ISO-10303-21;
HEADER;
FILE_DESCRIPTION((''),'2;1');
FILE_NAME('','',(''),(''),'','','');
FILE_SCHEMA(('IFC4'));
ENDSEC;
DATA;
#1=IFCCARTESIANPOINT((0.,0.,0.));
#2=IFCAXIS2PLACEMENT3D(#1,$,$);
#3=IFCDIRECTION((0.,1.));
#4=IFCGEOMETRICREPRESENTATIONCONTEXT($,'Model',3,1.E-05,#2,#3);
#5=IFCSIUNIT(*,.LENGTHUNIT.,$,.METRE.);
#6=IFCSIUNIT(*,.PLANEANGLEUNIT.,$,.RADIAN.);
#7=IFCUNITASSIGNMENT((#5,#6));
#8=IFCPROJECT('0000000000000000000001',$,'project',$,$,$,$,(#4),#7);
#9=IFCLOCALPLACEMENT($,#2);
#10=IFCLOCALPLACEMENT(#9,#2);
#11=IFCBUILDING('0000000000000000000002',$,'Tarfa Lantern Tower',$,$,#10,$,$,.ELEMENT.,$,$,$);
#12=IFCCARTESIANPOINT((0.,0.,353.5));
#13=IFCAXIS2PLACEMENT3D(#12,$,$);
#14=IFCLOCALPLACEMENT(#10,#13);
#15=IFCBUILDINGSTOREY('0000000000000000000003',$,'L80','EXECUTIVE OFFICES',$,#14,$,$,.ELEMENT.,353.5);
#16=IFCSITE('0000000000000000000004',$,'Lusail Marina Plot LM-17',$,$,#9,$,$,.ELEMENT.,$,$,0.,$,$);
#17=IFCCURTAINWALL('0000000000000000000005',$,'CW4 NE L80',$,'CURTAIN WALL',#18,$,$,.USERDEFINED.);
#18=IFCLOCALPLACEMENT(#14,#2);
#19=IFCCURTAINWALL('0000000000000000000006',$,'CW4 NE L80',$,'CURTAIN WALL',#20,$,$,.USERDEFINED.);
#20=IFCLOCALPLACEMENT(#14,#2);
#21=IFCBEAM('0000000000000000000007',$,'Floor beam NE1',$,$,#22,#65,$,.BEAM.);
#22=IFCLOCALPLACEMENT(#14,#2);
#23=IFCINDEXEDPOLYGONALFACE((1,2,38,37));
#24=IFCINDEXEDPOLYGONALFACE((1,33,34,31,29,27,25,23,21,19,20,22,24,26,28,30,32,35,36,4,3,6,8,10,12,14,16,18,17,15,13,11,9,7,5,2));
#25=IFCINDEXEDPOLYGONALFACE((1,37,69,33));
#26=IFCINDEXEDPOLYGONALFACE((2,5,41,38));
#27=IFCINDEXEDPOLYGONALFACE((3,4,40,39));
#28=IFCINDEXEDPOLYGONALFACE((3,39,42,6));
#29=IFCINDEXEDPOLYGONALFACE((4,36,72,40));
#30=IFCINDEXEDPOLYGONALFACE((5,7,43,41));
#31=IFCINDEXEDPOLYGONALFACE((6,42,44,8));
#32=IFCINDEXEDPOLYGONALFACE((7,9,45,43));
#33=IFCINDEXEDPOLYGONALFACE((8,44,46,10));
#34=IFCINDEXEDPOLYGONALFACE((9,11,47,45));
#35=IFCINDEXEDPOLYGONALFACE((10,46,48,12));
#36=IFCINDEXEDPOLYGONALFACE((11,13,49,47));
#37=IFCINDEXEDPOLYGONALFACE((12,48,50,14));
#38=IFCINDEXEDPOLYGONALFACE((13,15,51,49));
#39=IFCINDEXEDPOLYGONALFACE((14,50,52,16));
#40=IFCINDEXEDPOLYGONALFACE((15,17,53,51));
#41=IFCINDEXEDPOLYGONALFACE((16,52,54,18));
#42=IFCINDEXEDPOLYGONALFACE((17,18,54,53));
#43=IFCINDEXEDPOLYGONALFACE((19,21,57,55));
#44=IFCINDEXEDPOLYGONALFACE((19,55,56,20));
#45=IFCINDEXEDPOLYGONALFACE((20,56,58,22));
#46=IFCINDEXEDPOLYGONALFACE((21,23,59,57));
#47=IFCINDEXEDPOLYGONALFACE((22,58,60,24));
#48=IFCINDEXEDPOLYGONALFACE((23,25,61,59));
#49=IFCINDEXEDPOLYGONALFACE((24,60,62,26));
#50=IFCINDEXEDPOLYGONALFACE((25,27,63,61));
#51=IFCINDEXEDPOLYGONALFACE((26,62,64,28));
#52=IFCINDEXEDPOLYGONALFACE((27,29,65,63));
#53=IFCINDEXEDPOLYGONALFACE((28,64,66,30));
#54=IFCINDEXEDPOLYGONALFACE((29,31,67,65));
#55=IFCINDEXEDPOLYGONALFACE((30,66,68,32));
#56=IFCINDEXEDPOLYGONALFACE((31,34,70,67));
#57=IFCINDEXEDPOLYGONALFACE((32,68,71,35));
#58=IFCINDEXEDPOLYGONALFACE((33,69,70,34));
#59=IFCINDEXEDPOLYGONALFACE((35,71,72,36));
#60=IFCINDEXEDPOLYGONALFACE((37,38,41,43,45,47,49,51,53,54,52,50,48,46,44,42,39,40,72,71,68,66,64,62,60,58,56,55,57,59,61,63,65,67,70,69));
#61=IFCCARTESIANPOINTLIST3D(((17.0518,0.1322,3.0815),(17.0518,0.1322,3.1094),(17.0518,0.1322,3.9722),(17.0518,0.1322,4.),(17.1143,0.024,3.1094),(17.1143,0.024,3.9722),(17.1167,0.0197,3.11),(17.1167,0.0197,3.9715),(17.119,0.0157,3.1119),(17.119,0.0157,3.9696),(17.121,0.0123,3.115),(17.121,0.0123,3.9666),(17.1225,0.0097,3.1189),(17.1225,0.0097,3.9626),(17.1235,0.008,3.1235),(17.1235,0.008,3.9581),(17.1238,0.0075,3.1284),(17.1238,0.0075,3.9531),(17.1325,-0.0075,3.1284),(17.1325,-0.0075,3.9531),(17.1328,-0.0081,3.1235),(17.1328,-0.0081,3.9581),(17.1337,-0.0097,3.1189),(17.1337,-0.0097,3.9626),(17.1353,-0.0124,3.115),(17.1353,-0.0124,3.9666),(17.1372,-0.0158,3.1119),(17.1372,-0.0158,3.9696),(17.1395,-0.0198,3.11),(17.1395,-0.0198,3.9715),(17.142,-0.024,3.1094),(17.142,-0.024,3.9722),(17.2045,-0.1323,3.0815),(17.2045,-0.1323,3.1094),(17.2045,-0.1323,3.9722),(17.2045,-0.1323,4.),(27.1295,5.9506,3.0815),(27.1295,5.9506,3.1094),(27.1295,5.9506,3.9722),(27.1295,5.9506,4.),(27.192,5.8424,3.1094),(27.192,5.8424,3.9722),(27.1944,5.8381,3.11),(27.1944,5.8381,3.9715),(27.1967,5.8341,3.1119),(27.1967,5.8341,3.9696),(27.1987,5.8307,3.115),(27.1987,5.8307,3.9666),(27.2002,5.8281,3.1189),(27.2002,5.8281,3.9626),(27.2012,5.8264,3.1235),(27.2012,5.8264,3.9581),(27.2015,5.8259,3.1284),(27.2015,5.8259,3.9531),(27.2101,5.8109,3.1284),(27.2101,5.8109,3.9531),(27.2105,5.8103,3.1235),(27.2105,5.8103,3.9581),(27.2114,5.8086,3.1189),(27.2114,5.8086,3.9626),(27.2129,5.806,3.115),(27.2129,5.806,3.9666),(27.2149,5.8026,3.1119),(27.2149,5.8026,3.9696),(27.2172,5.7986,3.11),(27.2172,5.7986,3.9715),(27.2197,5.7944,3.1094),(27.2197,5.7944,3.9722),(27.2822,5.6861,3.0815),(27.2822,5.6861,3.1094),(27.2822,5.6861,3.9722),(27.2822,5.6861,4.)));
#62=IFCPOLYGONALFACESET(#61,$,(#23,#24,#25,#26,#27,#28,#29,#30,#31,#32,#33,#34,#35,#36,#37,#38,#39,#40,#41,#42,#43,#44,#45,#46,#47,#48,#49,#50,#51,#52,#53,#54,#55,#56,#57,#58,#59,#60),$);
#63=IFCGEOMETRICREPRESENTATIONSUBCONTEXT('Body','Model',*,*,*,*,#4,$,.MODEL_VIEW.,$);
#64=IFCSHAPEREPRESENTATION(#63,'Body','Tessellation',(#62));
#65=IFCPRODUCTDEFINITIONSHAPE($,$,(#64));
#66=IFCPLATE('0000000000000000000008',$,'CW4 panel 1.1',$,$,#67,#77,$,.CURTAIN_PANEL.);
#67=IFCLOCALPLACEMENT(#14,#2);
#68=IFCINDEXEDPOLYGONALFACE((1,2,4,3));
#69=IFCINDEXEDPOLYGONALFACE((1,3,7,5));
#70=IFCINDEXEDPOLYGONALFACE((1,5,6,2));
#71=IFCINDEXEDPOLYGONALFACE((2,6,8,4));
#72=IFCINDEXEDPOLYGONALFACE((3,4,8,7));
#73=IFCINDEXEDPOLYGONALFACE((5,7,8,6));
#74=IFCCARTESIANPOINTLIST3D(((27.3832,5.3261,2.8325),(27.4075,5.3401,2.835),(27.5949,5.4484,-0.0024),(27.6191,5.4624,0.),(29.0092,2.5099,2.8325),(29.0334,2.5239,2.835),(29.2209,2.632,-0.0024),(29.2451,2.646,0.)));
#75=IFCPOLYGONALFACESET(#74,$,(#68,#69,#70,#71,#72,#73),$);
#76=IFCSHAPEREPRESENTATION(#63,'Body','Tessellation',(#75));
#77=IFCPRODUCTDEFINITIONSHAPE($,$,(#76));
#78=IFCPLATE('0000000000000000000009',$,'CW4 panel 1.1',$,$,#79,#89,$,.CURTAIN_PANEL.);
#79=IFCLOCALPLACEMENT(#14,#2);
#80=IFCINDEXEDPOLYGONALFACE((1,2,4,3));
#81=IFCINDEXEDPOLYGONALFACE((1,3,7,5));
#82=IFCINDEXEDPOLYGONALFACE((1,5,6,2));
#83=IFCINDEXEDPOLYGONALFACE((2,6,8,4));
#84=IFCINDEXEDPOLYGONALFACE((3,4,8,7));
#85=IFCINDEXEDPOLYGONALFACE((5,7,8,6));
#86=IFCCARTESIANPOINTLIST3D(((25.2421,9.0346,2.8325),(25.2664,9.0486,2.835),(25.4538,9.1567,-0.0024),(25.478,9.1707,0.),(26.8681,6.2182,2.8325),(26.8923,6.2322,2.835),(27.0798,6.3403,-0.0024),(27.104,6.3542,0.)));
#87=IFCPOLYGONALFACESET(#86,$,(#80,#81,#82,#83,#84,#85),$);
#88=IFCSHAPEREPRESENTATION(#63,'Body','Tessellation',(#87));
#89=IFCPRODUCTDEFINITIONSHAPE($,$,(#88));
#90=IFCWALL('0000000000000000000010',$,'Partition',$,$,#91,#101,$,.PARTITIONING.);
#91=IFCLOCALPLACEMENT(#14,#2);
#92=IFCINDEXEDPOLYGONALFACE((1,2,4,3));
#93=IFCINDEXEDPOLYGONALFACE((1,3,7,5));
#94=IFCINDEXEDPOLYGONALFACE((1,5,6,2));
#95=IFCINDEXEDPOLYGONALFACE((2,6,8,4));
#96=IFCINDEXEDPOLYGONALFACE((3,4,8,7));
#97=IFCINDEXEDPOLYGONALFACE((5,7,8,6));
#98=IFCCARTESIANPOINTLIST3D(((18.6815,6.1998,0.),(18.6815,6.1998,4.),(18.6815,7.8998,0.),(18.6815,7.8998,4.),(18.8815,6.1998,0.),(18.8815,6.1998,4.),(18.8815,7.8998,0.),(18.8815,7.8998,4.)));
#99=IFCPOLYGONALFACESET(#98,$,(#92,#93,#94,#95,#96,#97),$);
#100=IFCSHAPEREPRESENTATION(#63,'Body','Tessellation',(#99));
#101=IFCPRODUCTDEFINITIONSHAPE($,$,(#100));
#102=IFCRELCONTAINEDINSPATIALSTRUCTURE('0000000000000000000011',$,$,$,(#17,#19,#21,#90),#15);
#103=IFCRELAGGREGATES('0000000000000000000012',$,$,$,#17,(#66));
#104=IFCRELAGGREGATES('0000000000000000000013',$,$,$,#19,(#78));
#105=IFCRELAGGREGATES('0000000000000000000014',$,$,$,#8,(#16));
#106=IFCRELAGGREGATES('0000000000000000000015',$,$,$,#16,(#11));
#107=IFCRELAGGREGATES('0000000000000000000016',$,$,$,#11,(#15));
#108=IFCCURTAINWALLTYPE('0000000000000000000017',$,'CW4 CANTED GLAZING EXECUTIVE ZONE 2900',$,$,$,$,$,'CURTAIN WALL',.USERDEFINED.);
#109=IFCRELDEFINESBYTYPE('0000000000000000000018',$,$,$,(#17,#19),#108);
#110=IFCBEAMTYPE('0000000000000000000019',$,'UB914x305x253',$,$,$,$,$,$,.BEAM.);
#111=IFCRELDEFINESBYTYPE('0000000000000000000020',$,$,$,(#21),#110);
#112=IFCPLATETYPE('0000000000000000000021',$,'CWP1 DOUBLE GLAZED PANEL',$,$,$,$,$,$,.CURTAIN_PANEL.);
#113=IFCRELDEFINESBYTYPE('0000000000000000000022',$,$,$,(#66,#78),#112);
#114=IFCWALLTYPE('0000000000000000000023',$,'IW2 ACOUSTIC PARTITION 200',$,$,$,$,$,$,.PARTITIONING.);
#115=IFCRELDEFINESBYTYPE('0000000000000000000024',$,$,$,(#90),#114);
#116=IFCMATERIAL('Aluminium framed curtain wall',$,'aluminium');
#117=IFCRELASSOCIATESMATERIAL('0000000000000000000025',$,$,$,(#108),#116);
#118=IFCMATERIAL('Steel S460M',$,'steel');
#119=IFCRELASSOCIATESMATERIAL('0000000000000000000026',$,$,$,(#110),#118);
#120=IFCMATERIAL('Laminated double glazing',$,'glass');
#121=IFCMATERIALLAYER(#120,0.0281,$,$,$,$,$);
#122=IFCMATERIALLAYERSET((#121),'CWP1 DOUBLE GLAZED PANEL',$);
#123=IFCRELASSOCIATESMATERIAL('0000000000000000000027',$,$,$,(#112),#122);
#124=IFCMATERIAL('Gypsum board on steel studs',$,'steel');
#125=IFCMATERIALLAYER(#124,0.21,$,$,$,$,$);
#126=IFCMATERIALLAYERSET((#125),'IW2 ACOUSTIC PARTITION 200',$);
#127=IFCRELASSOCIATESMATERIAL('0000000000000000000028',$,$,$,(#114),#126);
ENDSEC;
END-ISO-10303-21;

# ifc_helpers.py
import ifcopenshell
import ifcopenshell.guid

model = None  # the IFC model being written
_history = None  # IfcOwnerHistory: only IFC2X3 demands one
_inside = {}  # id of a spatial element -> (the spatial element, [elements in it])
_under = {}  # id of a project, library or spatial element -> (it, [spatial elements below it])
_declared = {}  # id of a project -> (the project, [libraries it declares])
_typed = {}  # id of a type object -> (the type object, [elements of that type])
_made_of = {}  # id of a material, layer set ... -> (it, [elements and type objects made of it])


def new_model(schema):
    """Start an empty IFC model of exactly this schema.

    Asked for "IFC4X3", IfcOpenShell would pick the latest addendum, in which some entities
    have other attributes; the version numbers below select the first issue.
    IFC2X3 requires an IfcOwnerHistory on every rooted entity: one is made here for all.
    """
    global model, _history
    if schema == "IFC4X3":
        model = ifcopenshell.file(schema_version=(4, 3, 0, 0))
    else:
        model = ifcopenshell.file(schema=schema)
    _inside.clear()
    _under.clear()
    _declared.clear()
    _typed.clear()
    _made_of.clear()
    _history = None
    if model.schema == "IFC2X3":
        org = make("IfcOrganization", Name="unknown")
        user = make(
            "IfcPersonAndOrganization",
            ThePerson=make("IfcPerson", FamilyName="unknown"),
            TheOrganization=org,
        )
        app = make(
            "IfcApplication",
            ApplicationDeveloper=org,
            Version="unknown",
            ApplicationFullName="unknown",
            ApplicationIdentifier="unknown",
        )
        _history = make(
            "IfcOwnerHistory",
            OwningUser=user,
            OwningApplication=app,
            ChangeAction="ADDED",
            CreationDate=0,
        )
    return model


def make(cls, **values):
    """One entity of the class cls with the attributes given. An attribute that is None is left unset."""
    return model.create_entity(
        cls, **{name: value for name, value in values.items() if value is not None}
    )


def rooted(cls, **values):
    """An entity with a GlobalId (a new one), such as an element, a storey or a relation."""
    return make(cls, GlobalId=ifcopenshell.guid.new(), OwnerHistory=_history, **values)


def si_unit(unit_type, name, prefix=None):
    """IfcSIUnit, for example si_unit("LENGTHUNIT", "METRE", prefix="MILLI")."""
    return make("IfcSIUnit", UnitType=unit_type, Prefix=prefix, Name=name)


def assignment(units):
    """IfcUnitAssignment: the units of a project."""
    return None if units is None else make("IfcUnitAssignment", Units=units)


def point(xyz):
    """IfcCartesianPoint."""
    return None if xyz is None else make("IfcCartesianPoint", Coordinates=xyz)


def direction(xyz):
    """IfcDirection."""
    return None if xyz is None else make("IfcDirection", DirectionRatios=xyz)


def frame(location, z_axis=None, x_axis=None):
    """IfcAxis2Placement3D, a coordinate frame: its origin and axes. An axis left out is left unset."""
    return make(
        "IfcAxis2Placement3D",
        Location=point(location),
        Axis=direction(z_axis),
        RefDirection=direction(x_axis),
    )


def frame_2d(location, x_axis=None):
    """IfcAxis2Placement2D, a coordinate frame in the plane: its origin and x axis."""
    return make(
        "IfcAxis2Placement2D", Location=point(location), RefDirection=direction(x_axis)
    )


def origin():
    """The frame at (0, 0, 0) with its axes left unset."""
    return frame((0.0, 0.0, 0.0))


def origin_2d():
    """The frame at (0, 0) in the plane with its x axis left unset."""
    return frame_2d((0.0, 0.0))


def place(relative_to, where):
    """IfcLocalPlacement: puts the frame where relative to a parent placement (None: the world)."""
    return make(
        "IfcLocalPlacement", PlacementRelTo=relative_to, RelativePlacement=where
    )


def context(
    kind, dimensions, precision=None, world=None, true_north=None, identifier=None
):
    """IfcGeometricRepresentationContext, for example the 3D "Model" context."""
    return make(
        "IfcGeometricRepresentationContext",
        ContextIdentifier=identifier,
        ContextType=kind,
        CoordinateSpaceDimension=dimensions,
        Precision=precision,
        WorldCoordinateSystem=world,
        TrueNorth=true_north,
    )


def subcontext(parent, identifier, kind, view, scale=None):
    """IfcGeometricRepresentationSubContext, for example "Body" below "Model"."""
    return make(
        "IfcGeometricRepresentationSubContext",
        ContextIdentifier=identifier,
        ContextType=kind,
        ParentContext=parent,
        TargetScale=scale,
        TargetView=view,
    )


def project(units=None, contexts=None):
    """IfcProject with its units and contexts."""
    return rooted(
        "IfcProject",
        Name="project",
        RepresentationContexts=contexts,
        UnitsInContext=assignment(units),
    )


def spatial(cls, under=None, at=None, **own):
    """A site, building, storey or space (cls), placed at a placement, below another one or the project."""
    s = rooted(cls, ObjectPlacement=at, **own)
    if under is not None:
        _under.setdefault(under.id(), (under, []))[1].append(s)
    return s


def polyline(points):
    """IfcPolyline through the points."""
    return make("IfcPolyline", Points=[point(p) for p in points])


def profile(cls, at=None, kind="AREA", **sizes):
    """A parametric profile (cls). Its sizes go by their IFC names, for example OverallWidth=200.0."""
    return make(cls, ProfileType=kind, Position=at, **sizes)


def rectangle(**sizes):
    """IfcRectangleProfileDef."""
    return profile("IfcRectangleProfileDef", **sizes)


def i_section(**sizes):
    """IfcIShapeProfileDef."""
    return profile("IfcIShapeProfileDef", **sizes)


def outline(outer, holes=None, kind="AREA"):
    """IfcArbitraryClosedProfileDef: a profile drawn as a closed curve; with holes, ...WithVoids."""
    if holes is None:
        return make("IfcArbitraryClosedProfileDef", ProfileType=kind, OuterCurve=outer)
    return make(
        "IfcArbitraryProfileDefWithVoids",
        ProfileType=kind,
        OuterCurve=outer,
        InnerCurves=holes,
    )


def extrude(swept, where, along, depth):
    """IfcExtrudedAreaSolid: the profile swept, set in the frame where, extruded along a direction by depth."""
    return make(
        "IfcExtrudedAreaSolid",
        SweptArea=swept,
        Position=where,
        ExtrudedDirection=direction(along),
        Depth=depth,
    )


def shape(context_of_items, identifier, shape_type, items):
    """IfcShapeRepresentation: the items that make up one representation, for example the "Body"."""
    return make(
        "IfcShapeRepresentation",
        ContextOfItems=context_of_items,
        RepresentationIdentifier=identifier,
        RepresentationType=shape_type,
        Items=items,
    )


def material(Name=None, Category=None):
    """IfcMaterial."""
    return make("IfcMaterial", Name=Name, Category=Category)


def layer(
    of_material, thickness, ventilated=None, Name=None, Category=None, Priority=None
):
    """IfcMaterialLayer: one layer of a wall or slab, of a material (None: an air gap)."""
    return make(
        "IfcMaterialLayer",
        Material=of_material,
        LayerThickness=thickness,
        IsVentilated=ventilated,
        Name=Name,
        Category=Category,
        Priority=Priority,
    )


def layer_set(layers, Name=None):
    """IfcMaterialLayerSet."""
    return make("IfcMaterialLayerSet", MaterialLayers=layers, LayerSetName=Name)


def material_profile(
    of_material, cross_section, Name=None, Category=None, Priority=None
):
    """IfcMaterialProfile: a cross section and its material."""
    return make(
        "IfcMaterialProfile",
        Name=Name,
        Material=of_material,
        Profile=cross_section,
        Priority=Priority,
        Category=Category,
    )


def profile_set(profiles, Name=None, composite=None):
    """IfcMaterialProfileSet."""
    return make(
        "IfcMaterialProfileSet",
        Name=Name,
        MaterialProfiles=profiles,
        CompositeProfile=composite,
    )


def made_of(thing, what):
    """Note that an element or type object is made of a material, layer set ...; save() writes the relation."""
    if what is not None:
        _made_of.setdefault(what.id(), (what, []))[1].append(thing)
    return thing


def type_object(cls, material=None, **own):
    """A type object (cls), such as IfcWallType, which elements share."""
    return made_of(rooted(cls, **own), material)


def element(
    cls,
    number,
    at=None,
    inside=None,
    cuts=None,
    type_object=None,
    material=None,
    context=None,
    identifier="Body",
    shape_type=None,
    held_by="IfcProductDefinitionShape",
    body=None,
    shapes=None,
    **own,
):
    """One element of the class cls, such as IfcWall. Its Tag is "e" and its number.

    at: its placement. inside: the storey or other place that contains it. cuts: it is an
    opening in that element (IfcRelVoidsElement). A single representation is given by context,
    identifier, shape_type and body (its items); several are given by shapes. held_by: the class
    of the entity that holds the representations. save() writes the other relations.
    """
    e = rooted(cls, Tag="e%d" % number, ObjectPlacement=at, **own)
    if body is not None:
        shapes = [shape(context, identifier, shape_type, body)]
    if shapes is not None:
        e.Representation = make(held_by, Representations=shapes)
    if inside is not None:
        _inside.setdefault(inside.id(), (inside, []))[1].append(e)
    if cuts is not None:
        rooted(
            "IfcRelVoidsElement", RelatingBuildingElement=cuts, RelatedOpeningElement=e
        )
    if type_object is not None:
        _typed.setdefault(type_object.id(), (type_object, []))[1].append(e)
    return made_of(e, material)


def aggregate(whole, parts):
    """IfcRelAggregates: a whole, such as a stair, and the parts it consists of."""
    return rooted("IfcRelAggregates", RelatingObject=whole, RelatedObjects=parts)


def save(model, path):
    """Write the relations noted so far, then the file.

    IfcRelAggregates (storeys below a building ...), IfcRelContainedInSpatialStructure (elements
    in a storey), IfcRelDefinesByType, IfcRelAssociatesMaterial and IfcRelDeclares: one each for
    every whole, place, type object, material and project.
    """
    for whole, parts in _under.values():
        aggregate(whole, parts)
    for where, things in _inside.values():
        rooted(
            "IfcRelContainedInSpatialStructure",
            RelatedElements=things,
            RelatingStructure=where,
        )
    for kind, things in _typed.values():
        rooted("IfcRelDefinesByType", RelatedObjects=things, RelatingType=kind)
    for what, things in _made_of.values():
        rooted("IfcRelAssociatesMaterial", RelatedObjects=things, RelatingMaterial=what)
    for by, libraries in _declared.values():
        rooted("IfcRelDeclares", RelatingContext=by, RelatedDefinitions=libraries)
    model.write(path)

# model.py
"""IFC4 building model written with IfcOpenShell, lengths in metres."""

from ifc_helpers import new_model, si_unit, direction, frame, frame_2d, origin, origin_2d, place, context, subcontext, project, spatial, polyline, rectangle, i_section, outline, extrude, material, layer, layer_set, material_profile, profile_set, type_object, element, aggregate, save


model = new_model("IFC4")

# Units and contexts
model_context = context("Model", 3, precision=1e-05, world=origin(), true_north=direction((0.0, 1.0)))
body_context = subcontext(model_context, "Body", "Model", "MODEL_VIEW")
ifc_project = project(units=[si_unit("LENGTHUNIT", "METRE"), si_unit("PLANEANGLEUNIT", "RADIAN")], contexts=[model_context])

# Site, building, storey
site_placement = place(None, origin())
site = spatial("IfcSite", under=ifc_project, at=site_placement, Name="Lusail Marina Plot LM-17", CompositionType="ELEMENT", RefElevation=0.0)
building_placement = place(site_placement, origin())
building = spatial("IfcBuilding", under=site, at=building_placement, Name="Tarfa Lantern Tower", CompositionType="ELEMENT")
storey_placement = place(building_placement, frame((0.0, 0.0, 353.5)))
storey = spatial("IfcBuildingStorey", under=building, at=storey_placement, Name="L80", Description="EXECUTIVE OFFICES", CompositionType="ELEMENT", Elevation=353.5)

# Curtain walls
ifc_material_1 = material(Name="Aluminium framed curtain wall", Category="aluminium")
curtain_wall_type = type_object("IfcCurtainWallType", Name="CW4 CANTED GLAZING EXECUTIVE ZONE 2900", ElementType="CURTAIN WALL", PredefinedType="USERDEFINED", material=ifc_material_1)
curtain_wall_1_placement = place(storey_placement, origin())
curtain_wall_1 = element("IfcCurtainWall", 1, at=curtain_wall_1_placement, inside=storey, type_object=curtain_wall_type, Name="CW4 NE L80", ObjectType="CURTAIN WALL", PredefinedType="USERDEFINED")
curtain_wall_2_placement = place(storey_placement, origin())
curtain_wall_2 = element("IfcCurtainWall", 2, at=curtain_wall_2_placement, inside=storey, type_object=curtain_wall_type, Name="CW4 NE L80", ObjectType="CURTAIN WALL", PredefinedType="USERDEFINED")

# Beam
ifc_material_2 = material(Name="Steel S460M", Category="steel")
ifc_material_profile_1 = material_profile(ifc_material_2, i_section(OverallWidth=0.3054, OverallDepth=0.9185, WebThickness=0.0173, FlangeThickness=0.0278, FilletRadius=0.019, at=origin_2d()), Name="UB914x305x253")
ifc_profile_set_1 = profile_set([ifc_material_profile_1], Name="Steel S460M")
beam_type_1 = type_object("IfcBeamType", Name="UB914x305x253", PredefinedType="BEAM", material=ifc_profile_set_1)
beam_1_placement = place(storey_placement, frame((27.2058, 5.8184, 3.5408), z_axis=(-0.866024, -0.500002, 0.0), x_axis=(0.500002, -0.866024, 0.0)))
element("IfcBeam", 3, at=beam_1_placement, inside=storey, type_object=beam_type_1, Name="Floor beam NE1", PredefinedType="BEAM", context=body_context, shape_type="SweptSolid", body=[
    extrude(i_section(OverallWidth=0.3054, OverallDepth=0.9185, WebThickness=0.0173, FlangeThickness=0.0278, FilletRadius=0.019, at=origin_2d()), origin(), (0.0, 0.0, 1.0), 11.6367),
])

# Plates
ifc_material_3 = material(Name="Laminated double glazing", Category="glass")
ifc_layer_1 = layer(ifc_material_3, 0.0281)
ifc_layer_set_1 = layer_set([ifc_layer_1], Name="CWP1 DOUBLE GLAZED PANEL")
plate_type = type_object("IfcPlateType", Name="CWP1 DOUBLE GLAZED PANEL", PredefinedType="CURTAIN_PANEL", material=ifc_layer_set_1)
plate_1_placement = place(storey_placement, frame((29.2451, 2.646, 0.0), z_axis=(0.862826, 0.498151, 0.085893), x_axis=(-0.499999, 0.866026, -0.000002)))
plate_1 = element("IfcPlate", 4, at=plate_1_placement, type_object=plate_type, Name="CW4 panel 1.1", PredefinedType="CURTAIN_PANEL", context=body_context, shape_type="SweptSolid", body=[
    extrude(outline(polyline([(0.0, 0.0), (3.2521, 0.0), (3.252, 2.8455), (0.0001, 2.8455), (0.0, 0.0)])), origin(), (0.0, 0.0, -1.0), 0.0281),
])
aggregate(curtain_wall_1, [plate_1])
plate_2_placement = place(storey_placement, frame((27.104, 6.3542, 0.0), z_axis=(0.862837, 0.498136, 0.085872), x_axis=(-0.499982, 0.866036, 0.0)))
plate_2 = element("IfcPlate", 5, at=plate_2_placement, type_object=plate_type, Name="CW4 panel 1.1", PredefinedType="CURTAIN_PANEL", context=body_context, shape_type="SweptSolid", body=[
    extrude(outline(polyline([(0.0, 0.0), (3.2521, 0.0), (3.2522, 2.8455), (0.0001, 2.8455), (0.0, 0.0)])), origin(), (0.0, 0.0, -1.0), 0.0281),
])
aggregate(curtain_wall_2, [plate_2])

# Wall
ifc_material_4 = material(Name="Gypsum board on steel studs", Category="steel")
ifc_layer_2 = layer(ifc_material_4, 0.21)
ifc_layer_set_2 = layer_set([ifc_layer_2], Name="IW2 ACOUSTIC PARTITION 200")
wall_type = type_object("IfcWallType", Name="IW2 ACOUSTIC PARTITION 200", PredefinedType="PARTITIONING", material=ifc_layer_set_2)
wall_placement = place(storey_placement, frame((18.7815, 7.8999, 0.0), z_axis=(0.0, 0.0, 1.0), x_axis=(0.0, -1.0, 0.0)))
element("IfcWall", 6, at=wall_placement, inside=storey, type_object=wall_type, Name="Partition", PredefinedType="PARTITIONING", context=body_context, shape_type="SweptSolid", body=[
    extrude(rectangle(XDim=1.7, YDim=0.2, at=frame_2d((0.8501, 0.0))), origin(), (0.0, 0.0, 1.0), 4.0),
])

save(model, "model.ifc")
